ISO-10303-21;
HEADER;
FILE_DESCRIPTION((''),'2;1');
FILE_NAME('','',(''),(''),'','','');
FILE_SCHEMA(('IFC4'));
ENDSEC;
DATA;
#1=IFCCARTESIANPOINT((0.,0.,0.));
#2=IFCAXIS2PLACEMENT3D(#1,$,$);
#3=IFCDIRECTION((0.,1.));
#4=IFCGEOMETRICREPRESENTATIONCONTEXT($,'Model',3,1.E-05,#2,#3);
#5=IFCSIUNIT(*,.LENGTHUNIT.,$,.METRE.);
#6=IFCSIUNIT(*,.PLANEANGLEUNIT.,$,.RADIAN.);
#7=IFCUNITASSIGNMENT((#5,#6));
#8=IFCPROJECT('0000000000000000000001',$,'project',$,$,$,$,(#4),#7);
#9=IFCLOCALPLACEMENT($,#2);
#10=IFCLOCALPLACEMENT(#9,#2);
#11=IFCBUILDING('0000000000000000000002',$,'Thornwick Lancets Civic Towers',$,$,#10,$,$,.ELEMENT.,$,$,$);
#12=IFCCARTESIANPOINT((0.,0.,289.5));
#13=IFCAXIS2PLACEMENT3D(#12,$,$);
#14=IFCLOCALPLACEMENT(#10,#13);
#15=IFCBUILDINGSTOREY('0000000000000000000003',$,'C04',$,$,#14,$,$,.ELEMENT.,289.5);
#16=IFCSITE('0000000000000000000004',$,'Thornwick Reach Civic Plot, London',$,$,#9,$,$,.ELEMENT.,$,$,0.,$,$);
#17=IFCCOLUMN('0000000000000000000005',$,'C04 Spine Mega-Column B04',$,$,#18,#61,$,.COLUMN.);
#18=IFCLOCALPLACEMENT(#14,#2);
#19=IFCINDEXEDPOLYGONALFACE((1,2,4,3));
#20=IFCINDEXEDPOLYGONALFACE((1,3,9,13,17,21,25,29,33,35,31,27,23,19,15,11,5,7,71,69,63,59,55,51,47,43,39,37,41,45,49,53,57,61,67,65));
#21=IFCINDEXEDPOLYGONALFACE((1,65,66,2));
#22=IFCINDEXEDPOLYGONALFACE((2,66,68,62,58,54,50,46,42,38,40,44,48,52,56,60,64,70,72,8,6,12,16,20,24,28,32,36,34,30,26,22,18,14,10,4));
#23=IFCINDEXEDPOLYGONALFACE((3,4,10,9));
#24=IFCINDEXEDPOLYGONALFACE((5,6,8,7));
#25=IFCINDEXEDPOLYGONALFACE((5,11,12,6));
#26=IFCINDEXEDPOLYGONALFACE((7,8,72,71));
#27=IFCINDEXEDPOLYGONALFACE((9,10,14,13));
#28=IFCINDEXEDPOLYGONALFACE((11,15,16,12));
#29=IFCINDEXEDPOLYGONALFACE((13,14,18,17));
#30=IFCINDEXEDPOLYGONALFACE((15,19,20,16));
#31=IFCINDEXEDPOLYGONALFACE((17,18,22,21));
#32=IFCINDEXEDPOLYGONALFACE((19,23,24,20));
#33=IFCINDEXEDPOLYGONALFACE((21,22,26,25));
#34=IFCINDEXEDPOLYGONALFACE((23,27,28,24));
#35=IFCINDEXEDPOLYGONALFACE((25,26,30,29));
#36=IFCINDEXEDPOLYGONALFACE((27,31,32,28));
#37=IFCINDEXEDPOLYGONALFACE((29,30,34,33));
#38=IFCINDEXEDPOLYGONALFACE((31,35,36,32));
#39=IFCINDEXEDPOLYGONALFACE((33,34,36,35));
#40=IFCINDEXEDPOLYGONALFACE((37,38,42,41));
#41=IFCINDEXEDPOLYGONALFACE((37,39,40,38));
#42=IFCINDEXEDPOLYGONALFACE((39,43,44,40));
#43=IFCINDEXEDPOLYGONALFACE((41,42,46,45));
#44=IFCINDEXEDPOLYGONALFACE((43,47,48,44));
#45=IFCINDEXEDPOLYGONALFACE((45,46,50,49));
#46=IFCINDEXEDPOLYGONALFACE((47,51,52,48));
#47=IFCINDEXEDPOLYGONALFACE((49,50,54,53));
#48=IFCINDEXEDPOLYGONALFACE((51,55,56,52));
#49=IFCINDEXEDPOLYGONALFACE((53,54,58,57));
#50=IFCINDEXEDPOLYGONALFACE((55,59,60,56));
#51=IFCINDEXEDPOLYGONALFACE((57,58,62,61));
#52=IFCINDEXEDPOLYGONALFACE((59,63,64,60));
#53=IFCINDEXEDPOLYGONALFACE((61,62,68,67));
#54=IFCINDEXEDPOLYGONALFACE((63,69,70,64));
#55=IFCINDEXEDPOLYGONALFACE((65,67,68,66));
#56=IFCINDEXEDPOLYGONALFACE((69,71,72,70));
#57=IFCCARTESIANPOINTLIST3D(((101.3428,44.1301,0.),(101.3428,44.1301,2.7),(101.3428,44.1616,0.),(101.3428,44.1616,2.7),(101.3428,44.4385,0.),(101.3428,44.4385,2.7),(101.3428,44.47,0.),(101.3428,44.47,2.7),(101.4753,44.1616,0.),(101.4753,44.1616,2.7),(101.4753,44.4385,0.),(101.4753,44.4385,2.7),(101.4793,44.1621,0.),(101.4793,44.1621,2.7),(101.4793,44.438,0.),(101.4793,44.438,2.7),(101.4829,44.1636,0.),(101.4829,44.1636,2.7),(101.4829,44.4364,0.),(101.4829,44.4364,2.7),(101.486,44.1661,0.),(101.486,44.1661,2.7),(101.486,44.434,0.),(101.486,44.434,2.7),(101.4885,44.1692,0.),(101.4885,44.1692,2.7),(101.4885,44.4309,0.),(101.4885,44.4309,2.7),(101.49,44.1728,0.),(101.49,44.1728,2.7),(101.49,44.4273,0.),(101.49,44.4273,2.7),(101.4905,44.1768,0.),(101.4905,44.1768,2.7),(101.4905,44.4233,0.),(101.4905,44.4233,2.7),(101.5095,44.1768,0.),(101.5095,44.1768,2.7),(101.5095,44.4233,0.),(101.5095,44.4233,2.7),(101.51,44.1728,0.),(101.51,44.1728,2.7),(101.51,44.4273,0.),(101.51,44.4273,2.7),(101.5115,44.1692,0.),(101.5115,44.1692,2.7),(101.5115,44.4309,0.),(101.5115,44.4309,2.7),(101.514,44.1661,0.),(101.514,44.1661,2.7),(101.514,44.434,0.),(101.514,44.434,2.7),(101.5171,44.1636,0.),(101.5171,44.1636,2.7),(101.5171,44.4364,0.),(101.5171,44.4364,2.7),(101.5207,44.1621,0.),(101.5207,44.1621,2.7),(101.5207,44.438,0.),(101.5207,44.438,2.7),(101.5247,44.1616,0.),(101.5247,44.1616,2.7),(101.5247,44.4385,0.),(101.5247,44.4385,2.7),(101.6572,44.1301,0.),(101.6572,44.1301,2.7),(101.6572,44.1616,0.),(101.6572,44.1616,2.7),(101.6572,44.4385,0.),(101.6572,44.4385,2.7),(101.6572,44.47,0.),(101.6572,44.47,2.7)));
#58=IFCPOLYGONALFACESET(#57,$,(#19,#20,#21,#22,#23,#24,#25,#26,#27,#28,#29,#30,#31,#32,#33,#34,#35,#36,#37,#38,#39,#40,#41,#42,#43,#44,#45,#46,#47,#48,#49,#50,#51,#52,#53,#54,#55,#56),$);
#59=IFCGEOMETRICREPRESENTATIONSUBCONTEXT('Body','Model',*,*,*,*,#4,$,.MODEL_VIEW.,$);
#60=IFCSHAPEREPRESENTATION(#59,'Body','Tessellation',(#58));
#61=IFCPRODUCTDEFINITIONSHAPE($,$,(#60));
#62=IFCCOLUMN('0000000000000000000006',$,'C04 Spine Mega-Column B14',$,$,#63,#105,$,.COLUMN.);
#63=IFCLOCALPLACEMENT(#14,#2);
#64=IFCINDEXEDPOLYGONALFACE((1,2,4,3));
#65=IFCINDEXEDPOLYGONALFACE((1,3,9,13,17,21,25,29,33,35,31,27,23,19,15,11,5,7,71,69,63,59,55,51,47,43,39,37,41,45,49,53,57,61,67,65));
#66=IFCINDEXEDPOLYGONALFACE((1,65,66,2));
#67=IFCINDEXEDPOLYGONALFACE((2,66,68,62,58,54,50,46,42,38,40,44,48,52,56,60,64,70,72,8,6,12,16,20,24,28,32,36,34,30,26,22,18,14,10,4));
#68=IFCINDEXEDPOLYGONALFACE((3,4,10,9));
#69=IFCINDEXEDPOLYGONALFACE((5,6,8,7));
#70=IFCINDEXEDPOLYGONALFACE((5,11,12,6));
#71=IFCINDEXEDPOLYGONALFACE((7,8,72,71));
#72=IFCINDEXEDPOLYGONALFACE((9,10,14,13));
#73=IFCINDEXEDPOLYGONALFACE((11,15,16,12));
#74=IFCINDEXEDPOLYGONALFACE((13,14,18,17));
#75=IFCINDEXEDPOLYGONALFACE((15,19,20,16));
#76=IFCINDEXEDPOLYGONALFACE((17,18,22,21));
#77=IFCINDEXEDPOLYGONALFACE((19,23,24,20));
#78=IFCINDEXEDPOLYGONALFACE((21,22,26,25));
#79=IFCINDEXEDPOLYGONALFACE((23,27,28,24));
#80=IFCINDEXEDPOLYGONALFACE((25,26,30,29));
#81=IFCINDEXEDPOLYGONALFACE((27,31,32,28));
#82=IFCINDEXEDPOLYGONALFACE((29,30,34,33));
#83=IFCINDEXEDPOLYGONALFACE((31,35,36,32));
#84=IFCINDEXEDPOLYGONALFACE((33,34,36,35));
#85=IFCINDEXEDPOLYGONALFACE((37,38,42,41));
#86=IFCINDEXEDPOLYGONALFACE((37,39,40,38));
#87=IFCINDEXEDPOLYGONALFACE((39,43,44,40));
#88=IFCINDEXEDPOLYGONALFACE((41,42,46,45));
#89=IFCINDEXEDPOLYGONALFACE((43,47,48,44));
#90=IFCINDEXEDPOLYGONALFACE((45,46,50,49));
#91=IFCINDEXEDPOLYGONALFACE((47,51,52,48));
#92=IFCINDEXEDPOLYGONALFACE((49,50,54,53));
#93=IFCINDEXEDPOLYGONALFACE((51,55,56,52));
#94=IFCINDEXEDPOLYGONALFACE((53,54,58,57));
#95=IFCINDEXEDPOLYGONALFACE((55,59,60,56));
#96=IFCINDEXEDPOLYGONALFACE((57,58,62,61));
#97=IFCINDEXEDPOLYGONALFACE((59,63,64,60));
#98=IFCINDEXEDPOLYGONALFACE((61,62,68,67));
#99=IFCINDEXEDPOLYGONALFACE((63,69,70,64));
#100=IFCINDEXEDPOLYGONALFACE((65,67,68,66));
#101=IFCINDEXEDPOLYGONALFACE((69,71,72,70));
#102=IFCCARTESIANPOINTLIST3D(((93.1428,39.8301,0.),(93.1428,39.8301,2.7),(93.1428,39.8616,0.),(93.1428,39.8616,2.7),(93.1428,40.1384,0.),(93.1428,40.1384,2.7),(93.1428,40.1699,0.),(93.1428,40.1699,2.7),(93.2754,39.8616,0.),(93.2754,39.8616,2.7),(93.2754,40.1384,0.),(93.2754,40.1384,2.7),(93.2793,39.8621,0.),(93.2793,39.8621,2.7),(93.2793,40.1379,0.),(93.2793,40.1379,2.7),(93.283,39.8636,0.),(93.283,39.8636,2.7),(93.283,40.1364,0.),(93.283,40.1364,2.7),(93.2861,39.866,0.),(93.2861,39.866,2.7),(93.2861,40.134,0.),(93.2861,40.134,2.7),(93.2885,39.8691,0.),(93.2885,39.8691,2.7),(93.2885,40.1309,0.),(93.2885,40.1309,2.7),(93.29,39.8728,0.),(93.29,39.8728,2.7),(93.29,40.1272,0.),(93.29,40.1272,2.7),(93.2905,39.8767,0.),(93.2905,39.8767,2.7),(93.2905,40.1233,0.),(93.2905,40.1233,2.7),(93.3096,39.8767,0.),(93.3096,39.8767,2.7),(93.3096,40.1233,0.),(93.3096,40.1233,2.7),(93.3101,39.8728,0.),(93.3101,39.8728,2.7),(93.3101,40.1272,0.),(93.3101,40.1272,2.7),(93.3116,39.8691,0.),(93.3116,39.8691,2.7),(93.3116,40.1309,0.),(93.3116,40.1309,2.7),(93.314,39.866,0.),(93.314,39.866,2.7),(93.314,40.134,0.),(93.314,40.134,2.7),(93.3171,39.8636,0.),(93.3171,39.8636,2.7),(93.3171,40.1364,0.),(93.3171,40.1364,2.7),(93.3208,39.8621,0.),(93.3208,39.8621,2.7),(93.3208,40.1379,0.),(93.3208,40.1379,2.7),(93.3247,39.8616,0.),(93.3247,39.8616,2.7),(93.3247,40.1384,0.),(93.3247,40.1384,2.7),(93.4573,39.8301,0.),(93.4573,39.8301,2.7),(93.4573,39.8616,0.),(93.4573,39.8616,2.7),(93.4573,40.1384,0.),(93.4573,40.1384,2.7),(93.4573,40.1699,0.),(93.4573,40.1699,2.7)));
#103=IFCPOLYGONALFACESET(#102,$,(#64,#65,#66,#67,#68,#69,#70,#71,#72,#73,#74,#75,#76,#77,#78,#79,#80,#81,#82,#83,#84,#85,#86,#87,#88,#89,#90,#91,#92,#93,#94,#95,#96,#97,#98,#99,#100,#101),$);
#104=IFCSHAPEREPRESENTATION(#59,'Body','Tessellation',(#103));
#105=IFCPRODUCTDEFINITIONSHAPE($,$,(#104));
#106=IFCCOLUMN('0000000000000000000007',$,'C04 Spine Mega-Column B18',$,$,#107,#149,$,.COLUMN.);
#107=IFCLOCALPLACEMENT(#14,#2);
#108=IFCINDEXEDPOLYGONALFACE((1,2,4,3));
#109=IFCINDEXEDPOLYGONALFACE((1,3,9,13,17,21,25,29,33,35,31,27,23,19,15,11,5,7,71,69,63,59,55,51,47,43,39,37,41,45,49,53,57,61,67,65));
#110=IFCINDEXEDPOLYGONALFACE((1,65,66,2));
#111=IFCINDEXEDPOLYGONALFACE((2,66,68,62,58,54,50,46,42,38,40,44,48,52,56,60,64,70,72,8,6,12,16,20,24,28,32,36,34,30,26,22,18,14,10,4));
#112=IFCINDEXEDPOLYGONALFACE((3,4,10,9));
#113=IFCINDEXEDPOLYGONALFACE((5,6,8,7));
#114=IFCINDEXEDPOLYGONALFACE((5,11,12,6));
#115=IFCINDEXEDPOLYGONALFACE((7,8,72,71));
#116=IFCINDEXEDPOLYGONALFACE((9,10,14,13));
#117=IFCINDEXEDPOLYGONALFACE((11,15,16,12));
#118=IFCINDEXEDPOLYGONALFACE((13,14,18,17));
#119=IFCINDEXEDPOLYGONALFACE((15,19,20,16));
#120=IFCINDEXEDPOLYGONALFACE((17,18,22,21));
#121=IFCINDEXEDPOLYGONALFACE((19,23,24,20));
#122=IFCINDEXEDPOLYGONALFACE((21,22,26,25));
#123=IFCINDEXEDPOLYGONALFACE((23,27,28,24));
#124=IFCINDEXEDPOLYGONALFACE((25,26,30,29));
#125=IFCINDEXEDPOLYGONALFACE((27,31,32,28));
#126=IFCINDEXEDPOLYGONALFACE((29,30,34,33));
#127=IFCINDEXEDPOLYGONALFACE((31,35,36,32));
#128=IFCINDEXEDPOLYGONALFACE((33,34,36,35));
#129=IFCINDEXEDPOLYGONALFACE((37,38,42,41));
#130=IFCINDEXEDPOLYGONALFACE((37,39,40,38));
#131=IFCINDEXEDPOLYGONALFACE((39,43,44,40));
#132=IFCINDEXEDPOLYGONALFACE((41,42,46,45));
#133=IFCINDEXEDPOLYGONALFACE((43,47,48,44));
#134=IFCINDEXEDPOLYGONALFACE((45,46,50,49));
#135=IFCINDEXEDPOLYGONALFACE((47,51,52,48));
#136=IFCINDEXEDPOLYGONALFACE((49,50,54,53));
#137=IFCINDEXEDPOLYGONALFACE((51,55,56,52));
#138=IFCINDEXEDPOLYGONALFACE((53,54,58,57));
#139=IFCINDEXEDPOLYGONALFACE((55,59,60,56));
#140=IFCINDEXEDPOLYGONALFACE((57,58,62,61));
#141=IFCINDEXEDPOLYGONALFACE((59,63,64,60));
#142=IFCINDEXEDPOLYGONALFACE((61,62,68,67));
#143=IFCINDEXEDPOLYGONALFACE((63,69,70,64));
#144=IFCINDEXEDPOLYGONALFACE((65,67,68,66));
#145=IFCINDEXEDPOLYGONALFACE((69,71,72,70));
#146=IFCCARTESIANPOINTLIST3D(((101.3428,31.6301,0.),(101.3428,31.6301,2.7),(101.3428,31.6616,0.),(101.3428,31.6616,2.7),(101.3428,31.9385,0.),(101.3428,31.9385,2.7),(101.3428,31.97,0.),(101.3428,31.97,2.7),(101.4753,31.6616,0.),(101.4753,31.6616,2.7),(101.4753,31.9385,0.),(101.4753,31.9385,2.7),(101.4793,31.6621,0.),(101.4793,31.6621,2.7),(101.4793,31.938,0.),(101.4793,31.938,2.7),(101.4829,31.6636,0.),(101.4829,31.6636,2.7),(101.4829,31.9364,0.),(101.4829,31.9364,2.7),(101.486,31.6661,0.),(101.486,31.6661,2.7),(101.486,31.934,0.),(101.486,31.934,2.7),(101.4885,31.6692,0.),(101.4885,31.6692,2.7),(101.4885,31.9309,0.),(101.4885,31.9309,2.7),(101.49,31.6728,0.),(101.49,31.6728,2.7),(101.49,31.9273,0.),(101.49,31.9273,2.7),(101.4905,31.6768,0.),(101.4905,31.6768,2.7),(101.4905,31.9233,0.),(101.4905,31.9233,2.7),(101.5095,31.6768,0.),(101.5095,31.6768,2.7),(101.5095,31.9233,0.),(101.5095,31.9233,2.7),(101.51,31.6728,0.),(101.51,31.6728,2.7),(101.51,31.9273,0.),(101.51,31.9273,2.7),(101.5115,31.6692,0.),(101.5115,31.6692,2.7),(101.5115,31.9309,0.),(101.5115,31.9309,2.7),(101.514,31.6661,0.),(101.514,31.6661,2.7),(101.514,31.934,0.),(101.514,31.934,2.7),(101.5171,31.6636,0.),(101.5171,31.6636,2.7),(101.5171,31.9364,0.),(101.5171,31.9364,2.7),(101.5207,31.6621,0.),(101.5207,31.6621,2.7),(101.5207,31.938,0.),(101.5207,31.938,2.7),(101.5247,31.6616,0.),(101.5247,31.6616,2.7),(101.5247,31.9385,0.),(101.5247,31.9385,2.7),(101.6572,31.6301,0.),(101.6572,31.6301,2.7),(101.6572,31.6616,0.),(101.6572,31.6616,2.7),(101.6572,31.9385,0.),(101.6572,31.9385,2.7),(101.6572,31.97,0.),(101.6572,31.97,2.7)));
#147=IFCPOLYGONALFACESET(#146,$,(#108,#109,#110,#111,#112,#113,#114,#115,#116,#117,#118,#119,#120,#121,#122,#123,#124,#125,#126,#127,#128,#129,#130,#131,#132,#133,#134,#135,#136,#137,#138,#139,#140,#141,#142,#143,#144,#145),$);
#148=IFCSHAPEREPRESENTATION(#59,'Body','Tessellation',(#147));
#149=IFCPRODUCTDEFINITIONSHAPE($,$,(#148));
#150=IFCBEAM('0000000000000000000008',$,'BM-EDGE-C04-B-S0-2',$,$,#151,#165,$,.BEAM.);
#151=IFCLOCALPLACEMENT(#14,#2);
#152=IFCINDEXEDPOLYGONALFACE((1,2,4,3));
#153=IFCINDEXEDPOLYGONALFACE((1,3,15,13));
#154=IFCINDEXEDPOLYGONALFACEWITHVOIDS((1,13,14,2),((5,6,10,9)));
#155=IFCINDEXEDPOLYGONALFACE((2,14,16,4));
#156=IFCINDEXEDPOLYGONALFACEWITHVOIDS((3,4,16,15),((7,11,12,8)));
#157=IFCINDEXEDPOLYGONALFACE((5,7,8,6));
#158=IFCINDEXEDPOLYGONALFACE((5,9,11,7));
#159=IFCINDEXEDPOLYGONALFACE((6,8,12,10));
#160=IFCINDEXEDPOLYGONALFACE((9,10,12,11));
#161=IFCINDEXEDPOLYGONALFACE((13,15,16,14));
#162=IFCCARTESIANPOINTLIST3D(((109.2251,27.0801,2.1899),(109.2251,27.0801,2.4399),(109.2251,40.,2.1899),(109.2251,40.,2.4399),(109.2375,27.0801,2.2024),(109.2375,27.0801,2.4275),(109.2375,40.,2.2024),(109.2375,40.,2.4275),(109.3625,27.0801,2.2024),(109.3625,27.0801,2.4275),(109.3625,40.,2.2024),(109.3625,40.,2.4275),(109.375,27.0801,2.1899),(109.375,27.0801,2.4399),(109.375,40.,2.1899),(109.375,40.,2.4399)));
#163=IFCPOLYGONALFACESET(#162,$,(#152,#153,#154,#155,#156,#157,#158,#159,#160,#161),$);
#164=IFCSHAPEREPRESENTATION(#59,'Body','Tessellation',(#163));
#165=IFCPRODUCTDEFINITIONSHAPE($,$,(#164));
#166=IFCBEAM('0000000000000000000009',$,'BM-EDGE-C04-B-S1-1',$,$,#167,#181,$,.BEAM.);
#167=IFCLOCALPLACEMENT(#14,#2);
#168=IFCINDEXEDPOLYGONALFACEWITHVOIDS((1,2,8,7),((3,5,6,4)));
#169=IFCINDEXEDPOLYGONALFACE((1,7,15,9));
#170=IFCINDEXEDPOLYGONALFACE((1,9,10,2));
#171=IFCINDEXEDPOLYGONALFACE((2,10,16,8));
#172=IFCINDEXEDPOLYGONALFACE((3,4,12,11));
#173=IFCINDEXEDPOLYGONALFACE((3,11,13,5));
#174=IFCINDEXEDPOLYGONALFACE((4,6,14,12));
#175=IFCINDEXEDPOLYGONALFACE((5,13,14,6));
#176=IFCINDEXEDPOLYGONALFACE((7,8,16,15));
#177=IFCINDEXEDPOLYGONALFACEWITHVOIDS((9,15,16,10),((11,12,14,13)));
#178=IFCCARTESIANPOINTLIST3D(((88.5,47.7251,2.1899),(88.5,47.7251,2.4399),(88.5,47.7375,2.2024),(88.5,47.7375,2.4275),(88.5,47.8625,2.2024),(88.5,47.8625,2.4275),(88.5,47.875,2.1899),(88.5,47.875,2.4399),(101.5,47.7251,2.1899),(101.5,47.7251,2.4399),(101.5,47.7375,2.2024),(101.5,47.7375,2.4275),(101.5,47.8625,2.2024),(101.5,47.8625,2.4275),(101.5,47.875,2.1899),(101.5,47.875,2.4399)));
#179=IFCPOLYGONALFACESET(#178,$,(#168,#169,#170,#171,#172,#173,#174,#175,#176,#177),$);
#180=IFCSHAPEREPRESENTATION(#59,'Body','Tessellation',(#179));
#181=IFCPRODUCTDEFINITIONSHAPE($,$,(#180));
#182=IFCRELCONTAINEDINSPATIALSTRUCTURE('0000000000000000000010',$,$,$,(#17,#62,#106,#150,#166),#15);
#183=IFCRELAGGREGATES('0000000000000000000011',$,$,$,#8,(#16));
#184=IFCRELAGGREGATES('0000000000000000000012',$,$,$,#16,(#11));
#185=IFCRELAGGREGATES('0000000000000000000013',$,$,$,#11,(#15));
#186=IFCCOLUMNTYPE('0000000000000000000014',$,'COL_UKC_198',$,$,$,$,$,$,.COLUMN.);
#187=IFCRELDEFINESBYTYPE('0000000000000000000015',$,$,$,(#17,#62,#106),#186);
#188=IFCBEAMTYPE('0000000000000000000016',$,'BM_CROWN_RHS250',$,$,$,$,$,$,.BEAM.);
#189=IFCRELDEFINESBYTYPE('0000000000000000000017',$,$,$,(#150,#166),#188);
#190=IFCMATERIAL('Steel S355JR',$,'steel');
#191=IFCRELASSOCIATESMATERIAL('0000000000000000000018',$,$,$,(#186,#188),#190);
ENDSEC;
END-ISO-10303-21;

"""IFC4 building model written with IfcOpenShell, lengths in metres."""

from ifc_helpers import new_model, si_unit, direction, frame, origin, origin_2d, place, context, subcontext, project, spatial, hollow_rectangle, i_section, extrude, material, material_profile, profile_set, type_object, element, save


model = new_model("IFC4")

# Units and contexts
model_context = context("Model", 3, precision=1e-05, world=origin(), true_north=direction((0.0, 1.0)))
body_context = subcontext(model_context, "Body", "Model", "MODEL_VIEW")
ifc_project = project(units=[si_unit("LENGTHUNIT", "METRE"), si_unit("PLANEANGLEUNIT", "RADIAN")], contexts=[model_context])

# Site, building, storey
site_placement = place(None, origin())
site = spatial("IfcSite", under=ifc_project, at=site_placement, Name="Thornwick Reach Civic Plot, London", CompositionType="ELEMENT", RefElevation=0.0)
building_placement = place(site_placement, origin())
building = spatial("IfcBuilding", under=site, at=building_placement, Name="Thornwick Lancets Civic Towers", CompositionType="ELEMENT")
storey_placement = place(building_placement, frame((0.0, 0.0, 289.5)))
storey = spatial("IfcBuildingStorey", under=building, at=storey_placement, Name="C04", CompositionType="ELEMENT", Elevation=289.5)

# Columns
ifc_material_1 = material(Name="Steel S355JR", Category="steel")
ifc_material_profile_1 = material_profile(ifc_material_1, i_section(OverallWidth=0.3145, OverallDepth=0.3398, WebThickness=0.019, FlangeThickness=0.0315, FilletRadius=0.0151, at=origin_2d()), Name="UKC 305x305x198")
ifc_profile_set_1 = profile_set([ifc_material_profile_1], Name="Steel S355JR")
column_type_1 = type_object("IfcColumnType", Name="COL_UKC_198", PredefinedType="COLUMN", material=ifc_profile_set_1)
for number, where, z_axis, x_axis, name in (
    (1, (101.5, 44.3, 0.0), (0.0, 0.0, 1.0), (1.0, 0.0, 0.0), "C04 Spine Mega-Column B04"),
    (2, (93.3, 40.0, 0.0), (0.0, 0.0, 1.0), (1.0, 0.0, 0.0), "C04 Spine Mega-Column B14"),
    (3, (101.5, 31.8, 0.0), (0.0, 0.0, 1.0), (1.0, 0.0, 0.0), "C04 Spine Mega-Column B18"),
):
    element("IfcColumn", number, at=place(storey_placement, frame(where, z_axis=z_axis, x_axis=x_axis)), inside=storey, type_object=column_type_1, Name=name, PredefinedType="COLUMN", context=body_context, shape_type="SweptSolid", body=[
        extrude(i_section(OverallWidth=0.3145, OverallDepth=0.3398, WebThickness=0.019, FlangeThickness=0.0315, FilletRadius=0.0151, at=origin_2d()), origin(), (0.0, 0.0, 1.0), 2.7),
    ])

# Beams
ifc_material_profile_2 = material_profile(ifc_material_1, hollow_rectangle(XDim=0.1499, YDim=0.25, WallThickness=0.0125, at=origin_2d()), Name="RHS 250x150x12.5")
ifc_profile_set_2 = profile_set([ifc_material_profile_2], Name="Steel S355JR")
beam_type_1 = type_object("IfcBeamType", Name="BM_CROWN_RHS250", PredefinedType="BEAM", material=ifc_profile_set_2)
beam_1_placement = place(storey_placement, frame((109.3, 27.0801, 2.3149), z_axis=(0.0, 1.0, 0.0), x_axis=(-1.0, 0.0, 0.0)))
element("IfcBeam", 4, at=beam_1_placement, inside=storey, type_object=beam_type_1, Name="BM-EDGE-C04-B-S0-2", PredefinedType="BEAM", context=body_context, shape_type="SweptSolid", body=[
    extrude(hollow_rectangle(XDim=0.1499, YDim=0.25, WallThickness=0.0125, at=origin_2d()), origin(), (0.0, 0.0, 1.0), 12.9199),
])
beam_2_placement = place(storey_placement, frame((101.5, 47.8, 2.3149), z_axis=(-1.0, 0.0, 0.0), x_axis=(0.0, -1.0, 0.0)))
element("IfcBeam", 5, at=beam_2_placement, inside=storey, type_object=beam_type_1, Name="BM-EDGE-C04-B-S1-1", PredefinedType="BEAM", context=body_context, shape_type="SweptSolid", body=[
    extrude(hollow_rectangle(XDim=0.1499, YDim=0.25, WallThickness=0.0125, at=origin_2d()), origin(), (0.0, 0.0, 1.0), 13.0),
])

save(model, "model.ifc")
